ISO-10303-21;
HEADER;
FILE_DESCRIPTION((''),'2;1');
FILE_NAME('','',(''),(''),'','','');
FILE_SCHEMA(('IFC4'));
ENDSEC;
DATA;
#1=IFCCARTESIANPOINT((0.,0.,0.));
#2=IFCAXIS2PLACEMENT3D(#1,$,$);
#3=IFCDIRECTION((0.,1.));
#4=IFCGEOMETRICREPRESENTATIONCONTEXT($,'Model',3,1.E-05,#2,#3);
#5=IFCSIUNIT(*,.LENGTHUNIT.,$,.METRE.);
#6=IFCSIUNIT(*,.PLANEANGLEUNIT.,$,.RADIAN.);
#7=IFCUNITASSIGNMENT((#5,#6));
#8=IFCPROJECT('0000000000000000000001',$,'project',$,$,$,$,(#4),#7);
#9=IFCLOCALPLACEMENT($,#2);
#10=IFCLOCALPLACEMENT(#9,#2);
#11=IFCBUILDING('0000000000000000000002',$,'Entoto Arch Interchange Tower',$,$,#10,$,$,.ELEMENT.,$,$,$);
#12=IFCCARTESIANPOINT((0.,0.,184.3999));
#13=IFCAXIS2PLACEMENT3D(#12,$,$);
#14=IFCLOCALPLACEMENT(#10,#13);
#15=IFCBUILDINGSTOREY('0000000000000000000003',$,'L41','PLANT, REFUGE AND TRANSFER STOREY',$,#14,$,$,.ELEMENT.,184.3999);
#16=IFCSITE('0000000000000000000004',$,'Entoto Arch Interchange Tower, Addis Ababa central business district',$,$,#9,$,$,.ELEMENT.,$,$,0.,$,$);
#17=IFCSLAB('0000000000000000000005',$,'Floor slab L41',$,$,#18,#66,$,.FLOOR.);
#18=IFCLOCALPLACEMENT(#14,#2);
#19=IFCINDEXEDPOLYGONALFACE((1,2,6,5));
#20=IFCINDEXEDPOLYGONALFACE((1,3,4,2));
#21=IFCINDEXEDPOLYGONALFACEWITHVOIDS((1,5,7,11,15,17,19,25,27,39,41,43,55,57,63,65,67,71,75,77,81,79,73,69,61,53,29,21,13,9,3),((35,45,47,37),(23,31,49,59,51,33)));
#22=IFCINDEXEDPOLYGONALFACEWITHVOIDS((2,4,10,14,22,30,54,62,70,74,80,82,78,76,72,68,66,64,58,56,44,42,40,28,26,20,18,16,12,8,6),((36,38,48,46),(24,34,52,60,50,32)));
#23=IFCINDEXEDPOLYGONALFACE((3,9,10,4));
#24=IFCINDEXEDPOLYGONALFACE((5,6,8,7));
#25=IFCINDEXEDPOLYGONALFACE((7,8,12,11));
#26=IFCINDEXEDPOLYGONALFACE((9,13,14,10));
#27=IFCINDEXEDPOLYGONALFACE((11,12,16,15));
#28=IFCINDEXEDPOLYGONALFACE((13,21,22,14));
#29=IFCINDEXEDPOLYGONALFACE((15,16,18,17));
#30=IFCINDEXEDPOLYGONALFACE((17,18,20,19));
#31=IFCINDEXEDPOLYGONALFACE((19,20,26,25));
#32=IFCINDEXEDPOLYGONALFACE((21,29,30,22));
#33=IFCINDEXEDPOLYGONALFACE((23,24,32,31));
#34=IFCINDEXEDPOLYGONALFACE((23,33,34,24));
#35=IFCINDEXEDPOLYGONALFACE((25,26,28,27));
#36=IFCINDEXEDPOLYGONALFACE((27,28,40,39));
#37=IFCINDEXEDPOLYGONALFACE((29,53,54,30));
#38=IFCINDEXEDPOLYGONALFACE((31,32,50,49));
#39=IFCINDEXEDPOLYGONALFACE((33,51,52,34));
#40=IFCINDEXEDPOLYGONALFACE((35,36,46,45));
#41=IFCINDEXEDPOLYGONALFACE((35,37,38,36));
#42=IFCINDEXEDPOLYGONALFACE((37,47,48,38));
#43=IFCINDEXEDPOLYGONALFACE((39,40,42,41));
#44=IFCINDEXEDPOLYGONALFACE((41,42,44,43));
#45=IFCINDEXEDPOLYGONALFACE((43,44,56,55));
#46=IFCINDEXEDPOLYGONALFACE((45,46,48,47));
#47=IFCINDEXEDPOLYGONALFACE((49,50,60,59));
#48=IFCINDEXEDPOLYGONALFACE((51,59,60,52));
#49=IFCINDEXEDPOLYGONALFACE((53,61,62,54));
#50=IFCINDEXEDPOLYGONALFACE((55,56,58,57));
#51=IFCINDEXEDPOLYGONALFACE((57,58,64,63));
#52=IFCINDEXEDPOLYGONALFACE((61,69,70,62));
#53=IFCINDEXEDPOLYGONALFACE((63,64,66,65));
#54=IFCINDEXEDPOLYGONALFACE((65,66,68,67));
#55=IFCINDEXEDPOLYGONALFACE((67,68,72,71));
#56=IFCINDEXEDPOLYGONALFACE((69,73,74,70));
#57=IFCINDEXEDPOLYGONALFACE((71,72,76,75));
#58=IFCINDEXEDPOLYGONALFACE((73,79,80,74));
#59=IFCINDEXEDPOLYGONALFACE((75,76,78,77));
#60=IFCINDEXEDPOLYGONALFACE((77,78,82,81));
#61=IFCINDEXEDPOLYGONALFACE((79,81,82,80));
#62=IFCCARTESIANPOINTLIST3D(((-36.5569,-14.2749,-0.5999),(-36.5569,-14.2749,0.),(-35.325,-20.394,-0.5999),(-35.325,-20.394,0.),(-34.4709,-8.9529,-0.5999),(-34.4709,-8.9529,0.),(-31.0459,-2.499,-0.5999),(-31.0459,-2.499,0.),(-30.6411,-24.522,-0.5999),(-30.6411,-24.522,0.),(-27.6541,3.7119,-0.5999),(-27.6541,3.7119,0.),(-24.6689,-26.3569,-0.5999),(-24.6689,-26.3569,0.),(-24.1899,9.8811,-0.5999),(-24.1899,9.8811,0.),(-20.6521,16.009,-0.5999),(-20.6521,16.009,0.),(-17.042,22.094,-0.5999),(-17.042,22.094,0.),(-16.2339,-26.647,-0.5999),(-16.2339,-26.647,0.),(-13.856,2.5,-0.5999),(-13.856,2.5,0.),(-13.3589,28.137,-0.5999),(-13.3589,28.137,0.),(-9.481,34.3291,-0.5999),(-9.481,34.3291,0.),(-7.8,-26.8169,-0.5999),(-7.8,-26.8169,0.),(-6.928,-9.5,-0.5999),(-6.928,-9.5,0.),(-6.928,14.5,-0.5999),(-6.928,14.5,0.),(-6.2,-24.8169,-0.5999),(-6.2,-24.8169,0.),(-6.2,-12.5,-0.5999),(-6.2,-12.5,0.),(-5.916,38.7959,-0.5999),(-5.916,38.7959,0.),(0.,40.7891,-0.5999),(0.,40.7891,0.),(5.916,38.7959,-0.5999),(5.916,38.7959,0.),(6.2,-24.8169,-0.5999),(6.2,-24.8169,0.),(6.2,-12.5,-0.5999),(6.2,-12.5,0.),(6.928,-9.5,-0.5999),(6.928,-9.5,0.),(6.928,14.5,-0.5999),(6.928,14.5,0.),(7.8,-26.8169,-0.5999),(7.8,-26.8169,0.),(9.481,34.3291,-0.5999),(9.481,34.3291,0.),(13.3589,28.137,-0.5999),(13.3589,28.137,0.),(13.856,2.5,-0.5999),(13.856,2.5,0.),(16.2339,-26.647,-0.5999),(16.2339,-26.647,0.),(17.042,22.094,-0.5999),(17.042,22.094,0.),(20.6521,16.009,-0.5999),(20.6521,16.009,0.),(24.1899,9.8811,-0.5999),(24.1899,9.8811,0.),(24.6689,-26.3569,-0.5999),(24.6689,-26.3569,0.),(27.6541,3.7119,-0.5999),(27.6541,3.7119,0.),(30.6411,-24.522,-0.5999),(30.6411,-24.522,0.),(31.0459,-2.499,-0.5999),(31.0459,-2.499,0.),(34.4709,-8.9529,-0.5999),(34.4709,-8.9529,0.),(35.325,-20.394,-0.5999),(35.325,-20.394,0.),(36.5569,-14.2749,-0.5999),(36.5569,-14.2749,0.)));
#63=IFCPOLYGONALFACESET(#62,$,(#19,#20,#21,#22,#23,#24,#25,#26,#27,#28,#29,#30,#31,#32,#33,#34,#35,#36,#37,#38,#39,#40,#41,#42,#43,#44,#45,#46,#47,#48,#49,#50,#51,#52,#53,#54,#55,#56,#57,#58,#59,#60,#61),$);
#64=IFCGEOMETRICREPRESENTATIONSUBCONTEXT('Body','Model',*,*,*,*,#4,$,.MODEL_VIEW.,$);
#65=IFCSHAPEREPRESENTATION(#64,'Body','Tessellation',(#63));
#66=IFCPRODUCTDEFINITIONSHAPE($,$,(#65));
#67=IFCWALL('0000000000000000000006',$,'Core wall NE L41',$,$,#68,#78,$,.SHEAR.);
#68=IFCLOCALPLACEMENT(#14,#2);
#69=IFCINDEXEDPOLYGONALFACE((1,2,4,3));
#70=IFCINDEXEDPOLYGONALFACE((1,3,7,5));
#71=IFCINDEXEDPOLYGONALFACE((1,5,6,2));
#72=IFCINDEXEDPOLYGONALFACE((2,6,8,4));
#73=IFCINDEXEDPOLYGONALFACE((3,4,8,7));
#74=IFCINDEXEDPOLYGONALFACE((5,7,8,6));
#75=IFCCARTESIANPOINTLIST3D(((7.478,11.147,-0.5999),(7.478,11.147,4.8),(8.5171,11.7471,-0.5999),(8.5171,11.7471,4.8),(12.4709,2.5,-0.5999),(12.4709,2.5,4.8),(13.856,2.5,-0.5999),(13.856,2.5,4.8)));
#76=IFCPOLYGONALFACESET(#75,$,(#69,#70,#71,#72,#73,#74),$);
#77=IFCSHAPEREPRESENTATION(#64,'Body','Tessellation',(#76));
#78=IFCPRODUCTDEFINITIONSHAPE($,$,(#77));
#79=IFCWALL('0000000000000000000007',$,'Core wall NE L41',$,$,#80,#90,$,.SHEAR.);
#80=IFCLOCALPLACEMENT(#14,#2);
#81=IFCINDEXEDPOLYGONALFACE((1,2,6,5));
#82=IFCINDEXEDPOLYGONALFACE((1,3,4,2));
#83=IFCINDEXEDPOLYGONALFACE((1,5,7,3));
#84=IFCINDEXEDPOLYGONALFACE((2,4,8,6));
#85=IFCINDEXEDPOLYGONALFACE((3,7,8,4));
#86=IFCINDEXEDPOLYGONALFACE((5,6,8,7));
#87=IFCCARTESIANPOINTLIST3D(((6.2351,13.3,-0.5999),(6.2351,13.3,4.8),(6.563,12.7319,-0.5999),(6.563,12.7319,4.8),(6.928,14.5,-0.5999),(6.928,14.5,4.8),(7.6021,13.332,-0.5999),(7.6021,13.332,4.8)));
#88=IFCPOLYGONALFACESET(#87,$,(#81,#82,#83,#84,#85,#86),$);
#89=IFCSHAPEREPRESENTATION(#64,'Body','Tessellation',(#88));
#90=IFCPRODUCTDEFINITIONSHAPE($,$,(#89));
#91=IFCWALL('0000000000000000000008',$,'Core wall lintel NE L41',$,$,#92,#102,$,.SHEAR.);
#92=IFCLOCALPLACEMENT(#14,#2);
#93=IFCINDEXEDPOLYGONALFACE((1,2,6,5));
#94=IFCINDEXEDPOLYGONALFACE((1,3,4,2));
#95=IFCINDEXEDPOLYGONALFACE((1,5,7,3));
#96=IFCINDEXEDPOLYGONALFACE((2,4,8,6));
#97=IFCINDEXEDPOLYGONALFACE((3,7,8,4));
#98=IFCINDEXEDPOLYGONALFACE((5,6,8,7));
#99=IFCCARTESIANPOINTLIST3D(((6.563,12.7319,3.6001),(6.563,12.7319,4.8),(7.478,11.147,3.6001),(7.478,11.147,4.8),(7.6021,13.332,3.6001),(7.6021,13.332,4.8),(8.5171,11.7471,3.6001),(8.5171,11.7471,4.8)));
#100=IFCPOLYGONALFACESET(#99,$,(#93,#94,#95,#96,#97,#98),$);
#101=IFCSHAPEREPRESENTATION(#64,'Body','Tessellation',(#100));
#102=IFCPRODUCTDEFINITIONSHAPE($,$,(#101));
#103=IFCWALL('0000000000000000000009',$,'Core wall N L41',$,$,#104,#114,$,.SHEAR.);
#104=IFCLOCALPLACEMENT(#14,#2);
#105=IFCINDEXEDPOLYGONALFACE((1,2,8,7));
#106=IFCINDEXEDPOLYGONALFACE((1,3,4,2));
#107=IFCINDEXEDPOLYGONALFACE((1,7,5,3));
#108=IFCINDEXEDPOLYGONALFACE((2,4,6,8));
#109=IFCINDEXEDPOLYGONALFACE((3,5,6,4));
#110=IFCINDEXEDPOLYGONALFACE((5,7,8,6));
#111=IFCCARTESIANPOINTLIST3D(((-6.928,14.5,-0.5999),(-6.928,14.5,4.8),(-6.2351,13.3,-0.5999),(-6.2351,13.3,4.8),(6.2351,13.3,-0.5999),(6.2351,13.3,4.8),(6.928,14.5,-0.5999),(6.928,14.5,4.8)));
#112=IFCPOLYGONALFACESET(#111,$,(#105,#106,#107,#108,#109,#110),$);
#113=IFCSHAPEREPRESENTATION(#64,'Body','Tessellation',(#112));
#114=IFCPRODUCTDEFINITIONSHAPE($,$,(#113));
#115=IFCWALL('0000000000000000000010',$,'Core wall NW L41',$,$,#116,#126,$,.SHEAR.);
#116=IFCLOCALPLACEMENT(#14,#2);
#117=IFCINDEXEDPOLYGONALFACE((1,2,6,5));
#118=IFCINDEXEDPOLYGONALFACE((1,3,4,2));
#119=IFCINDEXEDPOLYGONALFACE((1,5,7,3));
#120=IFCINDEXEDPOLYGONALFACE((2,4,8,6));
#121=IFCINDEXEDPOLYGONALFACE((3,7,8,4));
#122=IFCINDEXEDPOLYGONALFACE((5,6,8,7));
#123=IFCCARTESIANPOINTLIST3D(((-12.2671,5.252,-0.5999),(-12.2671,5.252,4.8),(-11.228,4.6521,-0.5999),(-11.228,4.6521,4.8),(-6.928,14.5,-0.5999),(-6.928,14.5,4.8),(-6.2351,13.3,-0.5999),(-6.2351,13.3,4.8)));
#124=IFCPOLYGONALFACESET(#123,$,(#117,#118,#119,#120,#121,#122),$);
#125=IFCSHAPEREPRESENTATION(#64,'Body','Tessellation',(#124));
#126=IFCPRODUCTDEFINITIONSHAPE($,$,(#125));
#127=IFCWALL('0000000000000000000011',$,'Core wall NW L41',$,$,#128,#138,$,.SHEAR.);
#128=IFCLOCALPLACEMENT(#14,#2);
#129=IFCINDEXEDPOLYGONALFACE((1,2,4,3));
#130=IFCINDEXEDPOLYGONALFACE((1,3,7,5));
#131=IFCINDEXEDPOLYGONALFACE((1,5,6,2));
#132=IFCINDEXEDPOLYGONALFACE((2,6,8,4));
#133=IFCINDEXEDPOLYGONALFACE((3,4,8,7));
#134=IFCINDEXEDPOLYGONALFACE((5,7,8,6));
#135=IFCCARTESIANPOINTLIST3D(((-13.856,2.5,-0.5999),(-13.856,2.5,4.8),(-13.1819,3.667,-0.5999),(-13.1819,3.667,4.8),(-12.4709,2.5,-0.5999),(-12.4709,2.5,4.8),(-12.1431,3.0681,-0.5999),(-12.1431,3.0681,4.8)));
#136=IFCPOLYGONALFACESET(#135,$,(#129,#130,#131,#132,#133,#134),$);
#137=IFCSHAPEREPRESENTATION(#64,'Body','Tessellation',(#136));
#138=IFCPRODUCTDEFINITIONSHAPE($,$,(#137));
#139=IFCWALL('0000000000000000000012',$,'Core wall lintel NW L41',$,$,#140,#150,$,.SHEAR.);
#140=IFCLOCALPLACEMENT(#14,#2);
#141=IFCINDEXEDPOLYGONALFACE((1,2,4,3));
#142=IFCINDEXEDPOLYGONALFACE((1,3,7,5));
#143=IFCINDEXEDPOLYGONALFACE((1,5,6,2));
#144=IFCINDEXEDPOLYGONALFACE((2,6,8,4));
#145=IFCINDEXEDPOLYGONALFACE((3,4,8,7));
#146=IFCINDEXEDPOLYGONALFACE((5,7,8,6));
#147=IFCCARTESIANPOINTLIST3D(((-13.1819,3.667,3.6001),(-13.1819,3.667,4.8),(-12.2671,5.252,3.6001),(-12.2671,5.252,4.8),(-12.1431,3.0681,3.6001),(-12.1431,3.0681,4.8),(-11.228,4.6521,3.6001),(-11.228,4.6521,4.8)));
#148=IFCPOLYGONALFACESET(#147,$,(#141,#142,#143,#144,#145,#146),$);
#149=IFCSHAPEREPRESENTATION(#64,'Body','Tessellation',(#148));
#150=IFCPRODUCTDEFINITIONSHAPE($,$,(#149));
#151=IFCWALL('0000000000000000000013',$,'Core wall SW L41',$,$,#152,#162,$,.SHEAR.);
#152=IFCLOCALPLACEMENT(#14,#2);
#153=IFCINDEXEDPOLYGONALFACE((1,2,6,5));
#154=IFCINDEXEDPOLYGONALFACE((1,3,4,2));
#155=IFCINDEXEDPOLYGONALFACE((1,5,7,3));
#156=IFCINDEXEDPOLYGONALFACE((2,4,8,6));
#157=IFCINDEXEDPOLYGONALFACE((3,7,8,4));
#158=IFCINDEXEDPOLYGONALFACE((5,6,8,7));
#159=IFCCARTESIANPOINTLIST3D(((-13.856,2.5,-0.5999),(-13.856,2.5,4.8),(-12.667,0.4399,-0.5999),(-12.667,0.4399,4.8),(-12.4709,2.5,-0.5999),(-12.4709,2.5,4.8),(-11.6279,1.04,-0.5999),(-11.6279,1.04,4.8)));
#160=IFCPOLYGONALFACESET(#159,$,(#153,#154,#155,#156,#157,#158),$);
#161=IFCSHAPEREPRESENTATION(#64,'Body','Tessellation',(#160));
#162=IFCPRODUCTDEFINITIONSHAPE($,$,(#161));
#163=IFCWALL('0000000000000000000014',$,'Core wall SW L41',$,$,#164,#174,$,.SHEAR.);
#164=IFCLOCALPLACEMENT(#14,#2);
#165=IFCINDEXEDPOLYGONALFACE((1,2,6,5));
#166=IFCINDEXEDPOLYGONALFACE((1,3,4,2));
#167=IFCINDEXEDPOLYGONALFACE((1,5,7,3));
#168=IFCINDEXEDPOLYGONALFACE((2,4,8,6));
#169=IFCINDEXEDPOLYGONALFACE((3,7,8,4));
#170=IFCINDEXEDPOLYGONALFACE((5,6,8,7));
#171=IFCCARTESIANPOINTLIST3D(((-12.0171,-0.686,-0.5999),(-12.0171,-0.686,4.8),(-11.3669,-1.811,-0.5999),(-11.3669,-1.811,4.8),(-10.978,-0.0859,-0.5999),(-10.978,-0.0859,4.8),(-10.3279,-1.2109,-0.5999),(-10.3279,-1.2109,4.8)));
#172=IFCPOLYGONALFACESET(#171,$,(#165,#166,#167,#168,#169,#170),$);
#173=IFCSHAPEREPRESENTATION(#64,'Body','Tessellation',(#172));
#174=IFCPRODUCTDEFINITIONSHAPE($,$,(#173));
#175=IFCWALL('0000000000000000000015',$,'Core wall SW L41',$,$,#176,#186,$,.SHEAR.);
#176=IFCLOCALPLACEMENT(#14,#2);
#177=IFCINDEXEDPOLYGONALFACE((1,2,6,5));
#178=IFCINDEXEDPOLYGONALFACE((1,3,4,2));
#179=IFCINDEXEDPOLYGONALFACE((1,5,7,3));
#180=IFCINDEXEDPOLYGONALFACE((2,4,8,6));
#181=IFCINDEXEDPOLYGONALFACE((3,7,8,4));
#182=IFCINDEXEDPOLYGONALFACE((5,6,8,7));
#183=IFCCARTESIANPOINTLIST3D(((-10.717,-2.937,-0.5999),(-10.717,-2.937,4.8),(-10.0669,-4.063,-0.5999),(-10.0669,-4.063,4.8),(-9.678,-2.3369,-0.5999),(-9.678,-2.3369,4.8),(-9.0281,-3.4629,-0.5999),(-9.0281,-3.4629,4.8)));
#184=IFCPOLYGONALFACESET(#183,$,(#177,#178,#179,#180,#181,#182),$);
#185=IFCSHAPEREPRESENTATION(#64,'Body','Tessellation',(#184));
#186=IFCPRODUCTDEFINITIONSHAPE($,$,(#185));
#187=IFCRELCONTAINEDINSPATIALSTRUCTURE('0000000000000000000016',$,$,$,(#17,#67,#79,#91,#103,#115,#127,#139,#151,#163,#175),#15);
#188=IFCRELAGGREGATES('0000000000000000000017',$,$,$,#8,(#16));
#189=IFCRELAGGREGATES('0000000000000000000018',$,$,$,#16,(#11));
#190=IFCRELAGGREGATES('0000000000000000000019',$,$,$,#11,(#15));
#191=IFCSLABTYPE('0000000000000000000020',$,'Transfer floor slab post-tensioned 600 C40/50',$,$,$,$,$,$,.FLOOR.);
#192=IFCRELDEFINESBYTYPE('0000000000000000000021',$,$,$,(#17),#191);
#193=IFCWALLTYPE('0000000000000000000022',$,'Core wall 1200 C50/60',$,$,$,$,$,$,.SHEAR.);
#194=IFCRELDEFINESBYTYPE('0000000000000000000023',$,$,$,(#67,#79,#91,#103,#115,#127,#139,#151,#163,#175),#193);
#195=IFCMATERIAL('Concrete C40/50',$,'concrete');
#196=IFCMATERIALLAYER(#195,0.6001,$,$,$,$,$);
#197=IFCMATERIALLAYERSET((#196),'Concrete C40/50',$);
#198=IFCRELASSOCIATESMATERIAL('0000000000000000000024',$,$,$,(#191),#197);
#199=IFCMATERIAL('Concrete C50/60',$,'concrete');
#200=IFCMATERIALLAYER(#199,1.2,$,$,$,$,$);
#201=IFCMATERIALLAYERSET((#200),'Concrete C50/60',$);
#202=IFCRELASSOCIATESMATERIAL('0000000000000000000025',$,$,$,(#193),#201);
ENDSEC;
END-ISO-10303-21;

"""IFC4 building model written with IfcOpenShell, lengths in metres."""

from ifc_helpers import new_model, si_unit, direction, frame, origin, place, context, subcontext, project, spatial, polyline, outline, extrude, material, layer, layer_set, type_object, element, save


model = new_model("IFC4")

# Units and contexts
model_context = context("Model", 3, precision=1e-05, world=origin(), true_north=direction((0.0, 1.0)))
body_context = subcontext(model_context, "Body", "Model", "MODEL_VIEW")
ifc_project = project(units=[si_unit("LENGTHUNIT", "METRE"), si_unit("PLANEANGLEUNIT", "RADIAN")], contexts=[model_context])

# Site, building, storey
site_placement = place(None, origin())
site = spatial("IfcSite", under=ifc_project, at=site_placement, Name="Entoto Arch Interchange Tower, Addis Ababa central business district", CompositionType="ELEMENT", RefElevation=0.0)
building_placement = place(site_placement, origin())
building = spatial("IfcBuilding", under=site, at=building_placement, Name="Entoto Arch Interchange Tower", CompositionType="ELEMENT")
storey_placement = place(building_placement, frame((0.0, 0.0, 184.3999)))
storey = spatial("IfcBuildingStorey", under=building, at=storey_placement, Name="L41", Description="PLANT, REFUGE AND TRANSFER STOREY", CompositionType="ELEMENT", Elevation=184.3999)

# Slab
ifc_material_1 = material(Name="Concrete C40/50", Category="concrete")
ifc_layer_1 = layer(ifc_material_1, 0.6001)
ifc_layer_set_1 = layer_set([ifc_layer_1], Name="Concrete C40/50")
slab_type = type_object("IfcSlabType", Name="Transfer floor slab post-tensioned 600 C40/50", PredefinedType="FLOOR", material=ifc_layer_set_1)
slab_placement = place(storey_placement, frame((0.0, 0.0, -0.5999)))
element("IfcSlab", 1, at=slab_placement, inside=storey, type_object=slab_type, Name="Floor slab L41", PredefinedType="FLOOR", context=body_context, shape_type="SweptSolid", body=[
    extrude(outline(polyline([(-24.6689, -26.3569), (-16.2339, -26.647), (-7.8, -26.8169), (7.8, -26.8169), (16.2339, -26.647), (24.6689, -26.3569), (30.6411, -24.522), (35.325, -20.394), (36.5569, -14.2749), (34.4709, -8.9529), (31.0459, -2.499), (27.6541, 3.7119), (24.1899, 9.8811), (20.6521, 16.009), (17.042, 22.094), (13.3589, 28.137), (9.481, 34.3291), (5.916, 38.7959), (0.0, 40.7891), (-5.916, 38.7959), (-9.481, 34.3291), (-13.3589, 28.137), (-17.042, 22.094), (-20.6521, 16.009), (-24.1899, 9.8811), (-27.6541, 3.7119), (-31.0459, -2.499), (-34.4709, -8.9529), (-36.5569, -14.2749), (-35.325, -20.394), (-30.6411, -24.522), (-24.6689, -26.3569)]), holes=[polyline([(6.2, -24.8169), (6.2, -12.5), (-6.2, -12.5), (-6.2, -24.8169), (6.2, -24.8169)]), polyline([(13.856, 2.5), (6.928, 14.5), (-6.928, 14.5), (-13.856, 2.5), (-6.928, -9.5), (6.928, -9.5), (13.856, 2.5)])]), origin(), (0.0, 0.0, 1.0), 0.5999),
])

# Walls
ifc_material_2 = material(Name="Concrete C50/60", Category="concrete")
ifc_layer_2 = layer(ifc_material_2, 1.2)
ifc_layer_set_2 = layer_set([ifc_layer_2], Name="Concrete C50/60")
wall_type_1 = type_object("IfcWallType", Name="Core wall 1200 C50/60", PredefinedType="SHEAR", material=ifc_layer_set_2)
wall_1_placement = place(storey_placement, frame((0.0, 0.0, -0.5999)))
element("IfcWall", 2, at=wall_1_placement, inside=storey, type_object=wall_type_1, Name="Core wall NE L41", PredefinedType="SHEAR", context=body_context, shape_type="SweptSolid", body=[
    extrude(outline(polyline([(8.5171, 11.7471), (7.478, 11.147), (12.4709, 2.5), (13.856, 2.5), (8.5171, 11.7471)])), origin(), (0.0, 0.0, 1.0), 5.3999),
])
wall_2_placement = place(storey_placement, frame((0.0, 0.0, -0.5999)))
element("IfcWall", 3, at=wall_2_placement, inside=storey, type_object=wall_type_1, Name="Core wall NE L41", PredefinedType="SHEAR", context=body_context, shape_type="SweptSolid", body=[
    extrude(outline(polyline([(6.563, 12.7319), (7.6021, 13.332), (6.928, 14.5), (6.2351, 13.3), (6.563, 12.7319)])), origin(), (0.0, 0.0, 1.0), 5.3999),
])
wall_3_placement = place(storey_placement, frame((0.0, 0.0, 3.6001)))
element("IfcWall", 4, at=wall_3_placement, inside=storey, type_object=wall_type_1, Name="Core wall lintel NE L41", PredefinedType="SHEAR", context=body_context, shape_type="SweptSolid", body=[
    extrude(outline(polyline([(7.6021, 13.332), (6.563, 12.7319), (7.478, 11.147), (8.5171, 11.7471), (7.6021, 13.332)])), origin(), (0.0, 0.0, 1.0), 1.2),
])
wall_4_placement = place(storey_placement, frame((0.0, 0.0, -0.5999)))
element("IfcWall", 5, at=wall_4_placement, inside=storey, type_object=wall_type_1, Name="Core wall N L41", PredefinedType="SHEAR", context=body_context, shape_type="SweptSolid", body=[
    extrude(outline(polyline([(6.928, 14.5), (-6.928, 14.5), (-6.2351, 13.3), (6.2351, 13.3), (6.928, 14.5)])), origin(), (0.0, 0.0, 1.0), 5.3999),
])
wall_5_placement = place(storey_placement, frame((0.0, 0.0, -0.5999)))
element("IfcWall", 6, at=wall_5_placement, inside=storey, type_object=wall_type_1, Name="Core wall NW L41", PredefinedType="SHEAR", context=body_context, shape_type="SweptSolid", body=[
    extrude(outline(polyline([(-12.2671, 5.252), (-11.228, 4.6521), (-6.2351, 13.3), (-6.928, 14.5), (-12.2671, 5.252)])), origin(), (0.0, 0.0, 1.0), 5.3999),
])
wall_6_placement = place(storey_placement, frame((0.0, 0.0, -0.5999)))
element("IfcWall", 7, at=wall_6_placement, inside=storey, type_object=wall_type_1, Name="Core wall NW L41", PredefinedType="SHEAR", context=body_context, shape_type="SweptSolid", body=[
    extrude(outline(polyline([(-12.1431, 3.0681), (-13.1819, 3.667), (-13.856, 2.5), (-12.4709, 2.5), (-12.1431, 3.0681)])), origin(), (0.0, 0.0, 1.0), 5.3999),
])
wall_7_placement = place(storey_placement, frame((0.0, 0.0, 3.6001)))
element("IfcWall", 8, at=wall_7_placement, inside=storey, type_object=wall_type_1, Name="Core wall lintel NW L41", PredefinedType="SHEAR", context=body_context, shape_type="SweptSolid", body=[
    extrude(outline(polyline([(-13.1819, 3.667), (-12.1431, 3.0681), (-11.228, 4.6521), (-12.2671, 5.252), (-13.1819, 3.667)])), origin(), (0.0, 0.0, 1.0), 1.2),
])
wall_8_placement = place(storey_placement, frame((0.0, 0.0, -0.5999)))
element("IfcWall", 9, at=wall_8_placement, inside=storey, type_object=wall_type_1, Name="Core wall SW L41", PredefinedType="SHEAR", context=body_context, shape_type="SweptSolid", body=[
    extrude(outline(polyline([(-12.667, 0.4399), (-11.6279, 1.04), (-12.4709, 2.5), (-13.856, 2.5), (-12.667, 0.4399)])), origin(), (0.0, 0.0, 1.0), 5.3999),
])
wall_9_placement = place(storey_placement, frame((0.0, 0.0, -0.5999)))
element("IfcWall", 10, at=wall_9_placement, inside=storey, type_object=wall_type_1, Name="Core wall SW L41", PredefinedType="SHEAR", context=body_context, shape_type="SweptSolid", body=[
    extrude(outline(polyline([(-11.3669, -1.811), (-10.3279, -1.2109), (-10.978, -0.0859), (-12.0171, -0.686), (-11.3669, -1.811)])), origin(), (0.0, 0.0, 1.0), 5.3999),
])
wall_10_placement = place(storey_placement, frame((0.0, 0.0, -0.5999)))
element("IfcWall", 11, at=wall_10_placement, inside=storey, type_object=wall_type_1, Name="Core wall SW L41", PredefinedType="SHEAR", context=body_context, shape_type="SweptSolid", body=[
    extrude(outline(polyline([(-10.0669, -4.063), (-9.0281, -3.4629), (-9.678, -2.3369), (-10.717, -2.937), (-10.0669, -4.063)])), origin(), (0.0, 0.0, 1.0), 5.3999),
])

save(model, "model.ifc")
